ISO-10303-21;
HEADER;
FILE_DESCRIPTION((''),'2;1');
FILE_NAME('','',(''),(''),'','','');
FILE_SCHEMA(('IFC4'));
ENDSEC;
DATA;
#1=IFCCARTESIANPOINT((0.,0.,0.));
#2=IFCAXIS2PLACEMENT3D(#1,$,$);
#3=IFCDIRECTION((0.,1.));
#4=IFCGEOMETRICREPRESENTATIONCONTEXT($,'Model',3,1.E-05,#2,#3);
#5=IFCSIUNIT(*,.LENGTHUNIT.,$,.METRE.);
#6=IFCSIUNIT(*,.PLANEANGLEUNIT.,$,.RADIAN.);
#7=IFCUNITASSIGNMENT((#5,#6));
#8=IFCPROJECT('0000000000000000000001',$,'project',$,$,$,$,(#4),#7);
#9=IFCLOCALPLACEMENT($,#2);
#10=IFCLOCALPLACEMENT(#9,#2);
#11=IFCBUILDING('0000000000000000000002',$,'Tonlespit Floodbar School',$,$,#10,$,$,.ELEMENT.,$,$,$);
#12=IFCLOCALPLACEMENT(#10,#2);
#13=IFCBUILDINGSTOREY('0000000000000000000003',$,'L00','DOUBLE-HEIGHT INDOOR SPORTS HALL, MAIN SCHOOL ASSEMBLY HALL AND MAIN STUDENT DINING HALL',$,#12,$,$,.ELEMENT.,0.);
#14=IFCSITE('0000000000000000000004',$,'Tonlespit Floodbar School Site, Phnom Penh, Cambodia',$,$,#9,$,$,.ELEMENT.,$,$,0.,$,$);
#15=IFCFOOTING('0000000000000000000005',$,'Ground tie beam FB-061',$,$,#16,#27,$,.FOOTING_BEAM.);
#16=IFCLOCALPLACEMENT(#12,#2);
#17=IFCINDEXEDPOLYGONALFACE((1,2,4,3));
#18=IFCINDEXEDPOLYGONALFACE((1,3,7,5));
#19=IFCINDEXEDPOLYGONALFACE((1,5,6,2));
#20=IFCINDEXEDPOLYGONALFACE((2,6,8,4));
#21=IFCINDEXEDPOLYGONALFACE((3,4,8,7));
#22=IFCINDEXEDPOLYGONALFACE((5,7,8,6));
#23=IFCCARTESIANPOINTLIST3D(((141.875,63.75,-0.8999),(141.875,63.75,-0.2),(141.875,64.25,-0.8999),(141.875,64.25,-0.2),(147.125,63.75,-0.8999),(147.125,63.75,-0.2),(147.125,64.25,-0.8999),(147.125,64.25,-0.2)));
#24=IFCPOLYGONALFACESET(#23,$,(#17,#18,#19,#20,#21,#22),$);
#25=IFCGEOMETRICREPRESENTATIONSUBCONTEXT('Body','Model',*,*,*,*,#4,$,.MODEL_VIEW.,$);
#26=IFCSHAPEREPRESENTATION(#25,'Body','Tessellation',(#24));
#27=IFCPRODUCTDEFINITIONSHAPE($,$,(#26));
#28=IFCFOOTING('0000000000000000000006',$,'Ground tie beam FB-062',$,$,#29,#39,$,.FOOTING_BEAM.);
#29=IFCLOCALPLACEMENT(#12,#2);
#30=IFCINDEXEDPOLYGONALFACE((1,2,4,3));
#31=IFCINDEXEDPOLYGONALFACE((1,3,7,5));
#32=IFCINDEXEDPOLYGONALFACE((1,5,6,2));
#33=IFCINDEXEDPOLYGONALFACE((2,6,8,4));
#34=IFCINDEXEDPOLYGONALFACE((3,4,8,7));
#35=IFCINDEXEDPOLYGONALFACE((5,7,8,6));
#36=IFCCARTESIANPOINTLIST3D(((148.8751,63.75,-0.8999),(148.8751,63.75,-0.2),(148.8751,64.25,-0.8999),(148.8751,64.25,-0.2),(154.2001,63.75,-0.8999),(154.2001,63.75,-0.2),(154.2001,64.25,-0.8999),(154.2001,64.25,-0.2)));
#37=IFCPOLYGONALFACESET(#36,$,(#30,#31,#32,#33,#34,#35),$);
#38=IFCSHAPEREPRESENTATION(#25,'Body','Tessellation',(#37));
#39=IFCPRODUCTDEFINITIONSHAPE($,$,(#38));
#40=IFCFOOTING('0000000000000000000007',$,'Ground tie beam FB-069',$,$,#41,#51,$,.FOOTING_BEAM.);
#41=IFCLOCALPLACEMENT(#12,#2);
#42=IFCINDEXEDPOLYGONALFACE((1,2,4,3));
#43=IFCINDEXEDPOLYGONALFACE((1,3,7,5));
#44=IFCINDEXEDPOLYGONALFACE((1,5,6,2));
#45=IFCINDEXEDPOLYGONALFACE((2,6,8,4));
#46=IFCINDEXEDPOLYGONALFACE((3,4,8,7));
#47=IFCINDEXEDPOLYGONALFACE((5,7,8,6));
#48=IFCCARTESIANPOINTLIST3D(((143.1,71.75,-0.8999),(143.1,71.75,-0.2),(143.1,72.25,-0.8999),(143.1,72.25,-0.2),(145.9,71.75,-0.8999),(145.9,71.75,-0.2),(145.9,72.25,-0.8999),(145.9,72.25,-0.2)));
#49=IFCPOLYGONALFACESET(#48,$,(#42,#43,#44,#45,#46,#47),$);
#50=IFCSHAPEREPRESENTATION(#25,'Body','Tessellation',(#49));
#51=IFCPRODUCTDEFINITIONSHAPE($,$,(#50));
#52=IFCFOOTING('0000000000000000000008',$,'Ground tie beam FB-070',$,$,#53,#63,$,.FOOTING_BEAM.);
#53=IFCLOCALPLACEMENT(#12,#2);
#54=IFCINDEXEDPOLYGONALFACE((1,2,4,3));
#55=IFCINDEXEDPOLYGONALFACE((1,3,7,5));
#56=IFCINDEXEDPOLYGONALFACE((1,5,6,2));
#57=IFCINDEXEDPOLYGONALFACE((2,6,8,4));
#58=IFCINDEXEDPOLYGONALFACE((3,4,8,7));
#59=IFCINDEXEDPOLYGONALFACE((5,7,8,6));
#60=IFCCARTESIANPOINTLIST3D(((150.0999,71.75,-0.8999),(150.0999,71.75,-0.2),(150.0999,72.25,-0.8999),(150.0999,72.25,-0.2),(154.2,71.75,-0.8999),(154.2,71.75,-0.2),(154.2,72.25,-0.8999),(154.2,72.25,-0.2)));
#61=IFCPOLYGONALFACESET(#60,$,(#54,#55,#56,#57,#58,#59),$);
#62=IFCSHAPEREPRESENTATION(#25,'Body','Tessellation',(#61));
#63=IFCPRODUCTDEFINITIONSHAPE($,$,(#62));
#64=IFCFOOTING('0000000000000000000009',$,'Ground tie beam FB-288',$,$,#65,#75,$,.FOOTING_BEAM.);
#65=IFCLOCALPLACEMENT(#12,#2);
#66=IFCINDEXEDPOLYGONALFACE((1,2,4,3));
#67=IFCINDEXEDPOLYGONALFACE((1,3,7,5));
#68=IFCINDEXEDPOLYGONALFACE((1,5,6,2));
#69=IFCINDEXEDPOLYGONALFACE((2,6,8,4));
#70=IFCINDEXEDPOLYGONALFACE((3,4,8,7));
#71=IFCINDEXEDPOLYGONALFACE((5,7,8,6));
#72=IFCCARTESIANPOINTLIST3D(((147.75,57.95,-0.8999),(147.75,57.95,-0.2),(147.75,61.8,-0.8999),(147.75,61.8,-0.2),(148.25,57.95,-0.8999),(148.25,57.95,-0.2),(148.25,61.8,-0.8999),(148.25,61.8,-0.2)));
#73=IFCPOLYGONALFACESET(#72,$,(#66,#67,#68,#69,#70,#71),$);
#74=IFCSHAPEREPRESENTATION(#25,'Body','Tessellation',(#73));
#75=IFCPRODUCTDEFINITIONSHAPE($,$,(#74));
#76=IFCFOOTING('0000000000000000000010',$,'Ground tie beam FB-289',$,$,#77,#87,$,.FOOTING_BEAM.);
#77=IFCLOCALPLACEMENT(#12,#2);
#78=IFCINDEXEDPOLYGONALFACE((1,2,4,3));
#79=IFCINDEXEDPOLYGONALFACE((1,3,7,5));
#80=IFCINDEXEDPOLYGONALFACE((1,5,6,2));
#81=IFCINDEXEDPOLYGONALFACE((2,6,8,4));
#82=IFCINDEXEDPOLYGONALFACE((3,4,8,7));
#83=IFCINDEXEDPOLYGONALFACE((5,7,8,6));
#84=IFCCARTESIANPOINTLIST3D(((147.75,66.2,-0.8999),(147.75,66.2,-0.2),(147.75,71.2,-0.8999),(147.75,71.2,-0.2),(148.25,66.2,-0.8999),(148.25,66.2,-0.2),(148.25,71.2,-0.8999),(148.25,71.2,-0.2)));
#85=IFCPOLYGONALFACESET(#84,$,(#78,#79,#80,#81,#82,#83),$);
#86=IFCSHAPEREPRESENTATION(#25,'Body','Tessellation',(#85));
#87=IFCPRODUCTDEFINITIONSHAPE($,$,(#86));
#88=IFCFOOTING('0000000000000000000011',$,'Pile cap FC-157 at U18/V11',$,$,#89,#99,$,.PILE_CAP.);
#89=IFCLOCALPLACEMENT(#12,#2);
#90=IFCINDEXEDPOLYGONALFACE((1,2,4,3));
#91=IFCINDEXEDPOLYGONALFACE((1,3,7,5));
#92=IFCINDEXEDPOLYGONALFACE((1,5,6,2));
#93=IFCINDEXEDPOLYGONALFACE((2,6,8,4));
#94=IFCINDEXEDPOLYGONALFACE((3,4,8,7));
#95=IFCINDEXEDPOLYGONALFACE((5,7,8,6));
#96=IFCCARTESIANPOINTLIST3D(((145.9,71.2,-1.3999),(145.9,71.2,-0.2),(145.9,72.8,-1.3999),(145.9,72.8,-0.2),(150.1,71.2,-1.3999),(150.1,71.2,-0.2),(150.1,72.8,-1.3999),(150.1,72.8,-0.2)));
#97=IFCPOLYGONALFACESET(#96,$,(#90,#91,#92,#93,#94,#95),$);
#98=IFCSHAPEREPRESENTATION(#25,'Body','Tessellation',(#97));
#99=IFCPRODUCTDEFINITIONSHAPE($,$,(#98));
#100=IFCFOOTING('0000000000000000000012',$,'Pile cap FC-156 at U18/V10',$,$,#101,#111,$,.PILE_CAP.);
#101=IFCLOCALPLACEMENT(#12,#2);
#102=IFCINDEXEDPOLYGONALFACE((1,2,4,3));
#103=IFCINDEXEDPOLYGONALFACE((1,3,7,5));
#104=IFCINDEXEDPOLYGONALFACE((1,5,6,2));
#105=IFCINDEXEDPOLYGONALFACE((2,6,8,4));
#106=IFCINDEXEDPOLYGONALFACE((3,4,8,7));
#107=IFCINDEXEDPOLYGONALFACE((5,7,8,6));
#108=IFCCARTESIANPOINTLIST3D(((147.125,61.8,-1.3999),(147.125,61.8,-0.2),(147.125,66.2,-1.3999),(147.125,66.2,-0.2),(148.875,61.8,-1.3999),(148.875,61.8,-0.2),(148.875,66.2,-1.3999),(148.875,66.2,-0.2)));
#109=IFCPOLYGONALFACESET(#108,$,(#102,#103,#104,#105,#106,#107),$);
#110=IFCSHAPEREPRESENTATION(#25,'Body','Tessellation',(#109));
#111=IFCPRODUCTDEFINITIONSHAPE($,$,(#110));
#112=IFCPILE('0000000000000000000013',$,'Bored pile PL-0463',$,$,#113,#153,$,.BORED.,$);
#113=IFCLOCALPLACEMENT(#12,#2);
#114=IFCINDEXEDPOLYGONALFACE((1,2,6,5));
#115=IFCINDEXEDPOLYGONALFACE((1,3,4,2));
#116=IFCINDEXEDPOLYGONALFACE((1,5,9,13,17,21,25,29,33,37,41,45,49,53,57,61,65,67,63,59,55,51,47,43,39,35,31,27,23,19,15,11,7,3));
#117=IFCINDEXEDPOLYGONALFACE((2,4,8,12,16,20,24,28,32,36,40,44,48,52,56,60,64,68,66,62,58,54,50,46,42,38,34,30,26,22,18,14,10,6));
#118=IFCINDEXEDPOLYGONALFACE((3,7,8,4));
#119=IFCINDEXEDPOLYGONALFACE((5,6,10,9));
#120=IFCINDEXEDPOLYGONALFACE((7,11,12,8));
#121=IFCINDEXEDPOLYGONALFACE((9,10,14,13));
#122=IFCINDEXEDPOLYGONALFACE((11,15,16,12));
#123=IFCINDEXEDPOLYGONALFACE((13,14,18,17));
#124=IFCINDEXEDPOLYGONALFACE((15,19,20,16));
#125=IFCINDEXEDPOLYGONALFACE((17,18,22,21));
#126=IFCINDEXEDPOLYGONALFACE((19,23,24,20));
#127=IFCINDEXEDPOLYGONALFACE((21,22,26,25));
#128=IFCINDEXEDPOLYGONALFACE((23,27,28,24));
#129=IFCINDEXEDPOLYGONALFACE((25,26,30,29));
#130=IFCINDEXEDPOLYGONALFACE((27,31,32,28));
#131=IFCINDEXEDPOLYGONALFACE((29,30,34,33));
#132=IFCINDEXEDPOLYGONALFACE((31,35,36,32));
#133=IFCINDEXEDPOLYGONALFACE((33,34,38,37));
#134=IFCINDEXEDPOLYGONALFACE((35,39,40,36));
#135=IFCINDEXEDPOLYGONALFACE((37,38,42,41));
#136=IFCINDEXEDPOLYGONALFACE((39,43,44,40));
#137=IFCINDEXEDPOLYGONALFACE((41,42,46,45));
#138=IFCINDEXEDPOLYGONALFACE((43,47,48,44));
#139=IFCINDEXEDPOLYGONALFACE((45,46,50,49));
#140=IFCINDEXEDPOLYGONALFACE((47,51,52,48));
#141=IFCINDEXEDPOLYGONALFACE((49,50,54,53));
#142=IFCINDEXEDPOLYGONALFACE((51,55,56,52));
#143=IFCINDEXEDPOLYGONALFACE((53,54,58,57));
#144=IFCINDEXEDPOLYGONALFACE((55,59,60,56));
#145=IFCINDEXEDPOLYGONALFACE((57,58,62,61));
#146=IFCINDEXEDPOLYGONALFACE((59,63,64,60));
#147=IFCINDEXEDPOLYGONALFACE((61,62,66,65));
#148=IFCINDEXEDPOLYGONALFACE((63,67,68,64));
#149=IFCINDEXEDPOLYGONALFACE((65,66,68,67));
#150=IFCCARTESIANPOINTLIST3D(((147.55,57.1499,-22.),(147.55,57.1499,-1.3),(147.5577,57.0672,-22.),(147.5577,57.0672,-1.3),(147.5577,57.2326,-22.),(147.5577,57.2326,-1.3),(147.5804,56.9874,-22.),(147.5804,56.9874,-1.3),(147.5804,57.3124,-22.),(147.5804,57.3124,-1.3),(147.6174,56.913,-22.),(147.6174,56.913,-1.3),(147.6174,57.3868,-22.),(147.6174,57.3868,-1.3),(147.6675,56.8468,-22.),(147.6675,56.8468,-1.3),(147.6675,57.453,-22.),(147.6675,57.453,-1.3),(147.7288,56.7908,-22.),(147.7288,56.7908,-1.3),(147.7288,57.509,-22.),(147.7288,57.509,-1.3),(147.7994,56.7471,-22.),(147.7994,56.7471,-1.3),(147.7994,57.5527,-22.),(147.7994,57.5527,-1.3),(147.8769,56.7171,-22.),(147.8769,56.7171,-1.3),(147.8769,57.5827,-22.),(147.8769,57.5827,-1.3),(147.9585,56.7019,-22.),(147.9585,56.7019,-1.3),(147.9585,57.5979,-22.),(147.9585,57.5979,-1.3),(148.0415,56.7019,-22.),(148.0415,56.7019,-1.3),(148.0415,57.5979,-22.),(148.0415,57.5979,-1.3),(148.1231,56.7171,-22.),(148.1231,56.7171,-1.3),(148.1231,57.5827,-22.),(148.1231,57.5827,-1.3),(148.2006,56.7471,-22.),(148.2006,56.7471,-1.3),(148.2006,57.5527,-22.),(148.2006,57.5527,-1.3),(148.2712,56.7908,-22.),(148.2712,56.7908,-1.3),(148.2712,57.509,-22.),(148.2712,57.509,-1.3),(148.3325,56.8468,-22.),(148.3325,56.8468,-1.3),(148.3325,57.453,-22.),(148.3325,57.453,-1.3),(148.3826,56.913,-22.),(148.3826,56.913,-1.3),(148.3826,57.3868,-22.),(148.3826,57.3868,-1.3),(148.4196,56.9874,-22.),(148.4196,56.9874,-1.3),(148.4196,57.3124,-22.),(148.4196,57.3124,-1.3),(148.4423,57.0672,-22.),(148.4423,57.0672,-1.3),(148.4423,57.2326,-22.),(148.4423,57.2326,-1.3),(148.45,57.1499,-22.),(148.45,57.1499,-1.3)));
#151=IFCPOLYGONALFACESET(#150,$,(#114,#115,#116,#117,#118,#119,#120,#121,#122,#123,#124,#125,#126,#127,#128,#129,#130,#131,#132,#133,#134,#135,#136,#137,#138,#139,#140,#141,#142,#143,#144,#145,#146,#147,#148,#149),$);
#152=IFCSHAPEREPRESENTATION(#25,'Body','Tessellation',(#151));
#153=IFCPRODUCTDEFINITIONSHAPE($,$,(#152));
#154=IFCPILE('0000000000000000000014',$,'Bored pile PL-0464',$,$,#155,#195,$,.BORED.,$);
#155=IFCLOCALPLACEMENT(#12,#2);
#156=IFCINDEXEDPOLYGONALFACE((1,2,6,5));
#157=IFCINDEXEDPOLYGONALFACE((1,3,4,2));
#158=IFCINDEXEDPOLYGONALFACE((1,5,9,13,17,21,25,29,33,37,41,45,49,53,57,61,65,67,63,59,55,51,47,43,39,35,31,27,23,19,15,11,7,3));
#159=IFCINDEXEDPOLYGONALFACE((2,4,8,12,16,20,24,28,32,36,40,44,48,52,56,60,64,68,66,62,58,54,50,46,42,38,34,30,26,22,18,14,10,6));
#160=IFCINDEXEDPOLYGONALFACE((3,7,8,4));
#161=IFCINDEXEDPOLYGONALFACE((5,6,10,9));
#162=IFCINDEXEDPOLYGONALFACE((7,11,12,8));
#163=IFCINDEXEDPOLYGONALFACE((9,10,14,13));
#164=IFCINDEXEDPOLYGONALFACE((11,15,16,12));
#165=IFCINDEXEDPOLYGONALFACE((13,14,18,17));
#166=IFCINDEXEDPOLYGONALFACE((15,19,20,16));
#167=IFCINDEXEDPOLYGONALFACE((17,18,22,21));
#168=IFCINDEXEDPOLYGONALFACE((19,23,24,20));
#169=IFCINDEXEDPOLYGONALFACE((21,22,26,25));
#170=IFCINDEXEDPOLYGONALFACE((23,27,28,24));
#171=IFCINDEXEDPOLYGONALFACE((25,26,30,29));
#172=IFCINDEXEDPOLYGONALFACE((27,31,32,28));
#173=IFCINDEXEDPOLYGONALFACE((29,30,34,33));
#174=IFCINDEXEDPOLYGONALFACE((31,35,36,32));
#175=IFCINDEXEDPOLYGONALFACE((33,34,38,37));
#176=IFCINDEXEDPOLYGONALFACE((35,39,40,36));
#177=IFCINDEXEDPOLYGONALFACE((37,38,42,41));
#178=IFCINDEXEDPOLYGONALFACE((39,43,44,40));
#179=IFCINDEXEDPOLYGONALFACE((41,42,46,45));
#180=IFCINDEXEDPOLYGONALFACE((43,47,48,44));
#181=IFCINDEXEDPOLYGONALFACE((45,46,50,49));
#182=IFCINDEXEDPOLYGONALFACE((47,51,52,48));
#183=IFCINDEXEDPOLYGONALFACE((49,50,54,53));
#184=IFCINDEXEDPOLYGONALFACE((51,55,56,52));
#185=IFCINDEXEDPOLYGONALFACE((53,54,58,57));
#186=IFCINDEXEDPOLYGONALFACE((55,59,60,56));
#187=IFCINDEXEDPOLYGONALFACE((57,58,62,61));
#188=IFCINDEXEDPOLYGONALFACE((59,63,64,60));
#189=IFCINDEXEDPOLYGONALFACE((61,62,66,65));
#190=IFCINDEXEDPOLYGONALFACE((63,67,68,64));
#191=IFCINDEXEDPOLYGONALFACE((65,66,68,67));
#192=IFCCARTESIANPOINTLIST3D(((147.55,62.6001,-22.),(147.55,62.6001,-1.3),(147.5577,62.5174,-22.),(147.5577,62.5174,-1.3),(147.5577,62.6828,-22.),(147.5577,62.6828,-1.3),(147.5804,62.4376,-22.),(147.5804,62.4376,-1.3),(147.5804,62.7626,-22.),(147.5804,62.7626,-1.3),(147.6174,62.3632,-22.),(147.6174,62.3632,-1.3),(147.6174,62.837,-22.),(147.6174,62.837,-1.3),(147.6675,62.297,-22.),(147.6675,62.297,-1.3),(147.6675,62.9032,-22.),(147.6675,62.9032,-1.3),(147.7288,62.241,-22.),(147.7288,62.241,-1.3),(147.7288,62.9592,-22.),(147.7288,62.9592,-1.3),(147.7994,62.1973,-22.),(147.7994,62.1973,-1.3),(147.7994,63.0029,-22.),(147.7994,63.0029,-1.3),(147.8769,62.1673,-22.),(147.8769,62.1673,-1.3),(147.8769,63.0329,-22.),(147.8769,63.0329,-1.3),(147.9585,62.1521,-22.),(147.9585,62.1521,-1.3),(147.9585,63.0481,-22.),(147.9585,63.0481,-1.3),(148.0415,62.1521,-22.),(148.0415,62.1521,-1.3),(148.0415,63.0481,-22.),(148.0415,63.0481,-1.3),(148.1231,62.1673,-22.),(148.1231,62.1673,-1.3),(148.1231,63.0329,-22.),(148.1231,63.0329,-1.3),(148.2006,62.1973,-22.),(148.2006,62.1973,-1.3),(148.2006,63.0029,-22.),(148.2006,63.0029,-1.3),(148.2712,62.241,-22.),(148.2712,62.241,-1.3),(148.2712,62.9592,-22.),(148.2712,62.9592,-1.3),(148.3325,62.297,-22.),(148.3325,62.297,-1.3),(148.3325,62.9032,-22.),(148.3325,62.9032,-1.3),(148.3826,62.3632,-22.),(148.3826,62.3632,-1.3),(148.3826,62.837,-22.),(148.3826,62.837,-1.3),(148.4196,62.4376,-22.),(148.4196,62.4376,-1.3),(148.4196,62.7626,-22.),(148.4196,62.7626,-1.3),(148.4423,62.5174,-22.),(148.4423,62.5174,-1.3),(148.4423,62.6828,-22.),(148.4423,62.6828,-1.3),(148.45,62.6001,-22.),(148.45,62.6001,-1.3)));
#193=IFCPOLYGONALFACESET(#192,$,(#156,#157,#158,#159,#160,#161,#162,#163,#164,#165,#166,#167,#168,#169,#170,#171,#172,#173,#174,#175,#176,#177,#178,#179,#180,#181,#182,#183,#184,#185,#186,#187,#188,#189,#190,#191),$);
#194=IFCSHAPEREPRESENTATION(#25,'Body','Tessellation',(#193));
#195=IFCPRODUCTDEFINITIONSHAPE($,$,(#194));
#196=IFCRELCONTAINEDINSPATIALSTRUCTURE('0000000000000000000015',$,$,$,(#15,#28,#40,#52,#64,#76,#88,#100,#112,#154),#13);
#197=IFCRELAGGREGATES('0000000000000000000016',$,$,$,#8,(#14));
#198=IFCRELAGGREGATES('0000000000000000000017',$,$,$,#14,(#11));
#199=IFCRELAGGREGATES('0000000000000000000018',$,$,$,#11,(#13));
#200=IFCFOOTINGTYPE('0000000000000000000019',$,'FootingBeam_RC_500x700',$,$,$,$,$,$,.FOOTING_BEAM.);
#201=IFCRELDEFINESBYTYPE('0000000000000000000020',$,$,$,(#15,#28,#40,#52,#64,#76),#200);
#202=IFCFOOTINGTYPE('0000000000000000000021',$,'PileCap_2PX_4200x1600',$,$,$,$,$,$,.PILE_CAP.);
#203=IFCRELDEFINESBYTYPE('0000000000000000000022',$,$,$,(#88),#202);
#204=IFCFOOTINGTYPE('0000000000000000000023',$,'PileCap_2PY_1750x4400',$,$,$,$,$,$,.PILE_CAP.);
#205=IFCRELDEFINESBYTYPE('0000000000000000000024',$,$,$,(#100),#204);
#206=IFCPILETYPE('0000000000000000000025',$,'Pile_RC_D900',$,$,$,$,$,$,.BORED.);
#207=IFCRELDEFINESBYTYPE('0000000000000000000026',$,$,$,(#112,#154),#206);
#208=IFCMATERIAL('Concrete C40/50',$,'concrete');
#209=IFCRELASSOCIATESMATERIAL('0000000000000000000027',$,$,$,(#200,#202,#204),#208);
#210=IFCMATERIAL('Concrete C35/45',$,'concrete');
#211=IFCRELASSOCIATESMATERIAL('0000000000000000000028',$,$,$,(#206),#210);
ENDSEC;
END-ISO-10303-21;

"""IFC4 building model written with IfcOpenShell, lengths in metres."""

from ifc_helpers import new_model, si_unit, direction, frame, origin, origin_2d, place, context, subcontext, project, spatial, rectangle, circle, extrude, material, material_profile, profile_set, type_object, element, save


model = new_model("IFC4")

# Units and contexts
model_context = context("Model", 3, precision=1e-05, world=origin(), true_north=direction((0.0, 1.0)))
body_context = subcontext(model_context, "Body", "Model", "MODEL_VIEW")
ifc_project = project(units=[si_unit("LENGTHUNIT", "METRE"), si_unit("PLANEANGLEUNIT", "RADIAN")], contexts=[model_context])

# Site, building, storey
site_placement = place(None, origin())
site = spatial("IfcSite", under=ifc_project, at=site_placement, Name="Tonlespit Floodbar School Site, Phnom Penh, Cambodia", CompositionType="ELEMENT", RefElevation=0.0)
building_placement = place(site_placement, origin())
building = spatial("IfcBuilding", under=site, at=building_placement, Name="Tonlespit Floodbar School", CompositionType="ELEMENT")
storey_placement = place(building_placement, origin())
storey = spatial("IfcBuildingStorey", under=building, at=storey_placement, Name="L00", Description="DOUBLE-HEIGHT INDOOR SPORTS HALL, MAIN SCHOOL ASSEMBLY HALL AND MAIN STUDENT DINING HALL", CompositionType="ELEMENT", Elevation=0.0)

# Footings
ifc_material_1 = material(Name="Concrete C40/50", Category="concrete")
footing_type_1 = type_object("IfcFootingType", Name="FootingBeam_RC_500x700", PredefinedType="FOOTING_BEAM", material=ifc_material_1)
footing_1_placement = place(storey_placement, frame((144.5, 64.0, -0.8999), z_axis=(0.0, 0.0, 1.0), x_axis=(1.0, 0.0, 0.0)))
element("IfcFooting", 1, at=footing_1_placement, inside=storey, type_object=footing_type_1, Name="Ground tie beam FB-061", PredefinedType="FOOTING_BEAM", context=body_context, shape_type="SweptSolid", body=[
    extrude(rectangle(XDim=5.25, YDim=0.5, at=origin_2d()), origin(), (0.0, 0.0, 1.0), 0.7),
])
footing_2_placement = place(storey_placement, frame((151.5376, 64.0, -0.8999), z_axis=(0.0, 0.0, 1.0), x_axis=(1.0, 0.0, 0.0)))
element("IfcFooting", 2, at=footing_2_placement, inside=storey, type_object=footing_type_1, Name="Ground tie beam FB-062", PredefinedType="FOOTING_BEAM", context=body_context, shape_type="SweptSolid", body=[
    extrude(rectangle(XDim=5.325, YDim=0.5, at=origin_2d()), origin(), (0.0, 0.0, 1.0), 0.7),
])
footing_3_placement = place(storey_placement, frame((144.5, 72.0, -0.8999), z_axis=(0.0, 0.0, 1.0), x_axis=(1.0, 0.0, 0.0)))
element("IfcFooting", 3, at=footing_3_placement, inside=storey, type_object=footing_type_1, Name="Ground tie beam FB-069", PredefinedType="FOOTING_BEAM", context=body_context, shape_type="SweptSolid", body=[
    extrude(rectangle(XDim=2.8, YDim=0.5, at=origin_2d()), origin(), (0.0, 0.0, 1.0), 0.7),
])
footing_4_placement = place(storey_placement, frame((152.1499, 72.0, -0.8999), z_axis=(0.0, 0.0, 1.0), x_axis=(1.0, 0.0, 0.0)))
element("IfcFooting", 4, at=footing_4_placement, inside=storey, type_object=footing_type_1, Name="Ground tie beam FB-070", PredefinedType="FOOTING_BEAM", context=body_context, shape_type="SweptSolid", body=[
    extrude(rectangle(XDim=4.1001, YDim=0.5, at=origin_2d()), origin(), (0.0, 0.0, 1.0), 0.7),
])
footing_5_placement = place(storey_placement, frame((148.0, 59.875, -0.8999), z_axis=(0.0, 0.0, 1.0), x_axis=(0.0, 1.0, 0.0)))
element("IfcFooting", 5, at=footing_5_placement, inside=storey, type_object=footing_type_1, Name="Ground tie beam FB-288", PredefinedType="FOOTING_BEAM", context=body_context, shape_type="SweptSolid", body=[
    extrude(rectangle(XDim=3.8501, YDim=0.5, at=origin_2d()), origin(), (0.0, 0.0, 1.0), 0.7),
])
footing_6_placement = place(storey_placement, frame((148.0, 68.7, -0.8999), z_axis=(0.0, 0.0, 1.0), x_axis=(0.0, 1.0, 0.0)))
element("IfcFooting", 6, at=footing_6_placement, inside=storey, type_object=footing_type_1, Name="Ground tie beam FB-289", PredefinedType="FOOTING_BEAM", context=body_context, shape_type="SweptSolid", body=[
    extrude(rectangle(XDim=5.0, YDim=0.5, at=origin_2d()), origin(), (0.0, 0.0, 1.0), 0.7),
])
footing_type_2 = type_object("IfcFootingType", Name="PileCap_2PX_4200x1600", PredefinedType="PILE_CAP", material=ifc_material_1)
footing_7_placement = place(storey_placement, frame((148.0, 72.0, -1.3999), z_axis=(0.0, 0.0, 1.0), x_axis=(1.0, 0.0, 0.0)))
element("IfcFooting", 7, at=footing_7_placement, inside=storey, type_object=footing_type_2, Name="Pile cap FC-157 at U18/V11", PredefinedType="PILE_CAP", context=body_context, shape_type="SweptSolid", body=[
    extrude(rectangle(XDim=4.2, YDim=1.6001, at=origin_2d()), origin(), (0.0, 0.0, 1.0), 1.2),
])
footing_type_3 = type_object("IfcFootingType", Name="PileCap_2PY_1750x4400", PredefinedType="PILE_CAP", material=ifc_material_1)
footing_8_placement = place(storey_placement, frame((148.0, 64.0, -1.3999), z_axis=(0.0, 0.0, 1.0), x_axis=(1.0, 0.0, 0.0)))
element("IfcFooting", 8, at=footing_8_placement, inside=storey, type_object=footing_type_3, Name="Pile cap FC-156 at U18/V10", PredefinedType="PILE_CAP", context=body_context, shape_type="SweptSolid", body=[
    extrude(rectangle(XDim=1.75, YDim=4.3999, at=origin_2d()), origin(), (0.0, 0.0, 1.0), 1.2),
])

# Piles
ifc_material_2 = material(Name="Concrete C35/45", Category="concrete")
ifc_material_profile_1 = material_profile(ifc_material_2, circle(Radius=0.45, at=origin_2d()), Name="BP D900")
ifc_profile_set_1 = profile_set([ifc_material_profile_1], Name="Concrete C35/45")
pile_type = type_object("IfcPileType", Name="Pile_RC_D900", PredefinedType="BORED", material=ifc_profile_set_1)
for number, where, z_axis, x_axis, name in (
    (9, (148.0, 57.1499, -1.3), (0.0, 0.0, -1.0), (1.0, 0.0, 0.0), "Bored pile PL-0463"),
    (10, (148.0, 62.6001, -1.3), (0.0, 0.0, -1.0), (1.0, 0.0, 0.0), "Bored pile PL-0464"),
):
    element("IfcPile", number, at=place(storey_placement, frame(where, z_axis=z_axis, x_axis=x_axis)), inside=storey, type_object=pile_type, Name=name, PredefinedType="BORED", context=body_context, shape_type="SweptSolid", body=[
        extrude(circle(Radius=0.45, at=origin_2d()), origin(), (0.0, 0.0, 1.0), 20.7),
    ])

save(model, "model.ifc")
